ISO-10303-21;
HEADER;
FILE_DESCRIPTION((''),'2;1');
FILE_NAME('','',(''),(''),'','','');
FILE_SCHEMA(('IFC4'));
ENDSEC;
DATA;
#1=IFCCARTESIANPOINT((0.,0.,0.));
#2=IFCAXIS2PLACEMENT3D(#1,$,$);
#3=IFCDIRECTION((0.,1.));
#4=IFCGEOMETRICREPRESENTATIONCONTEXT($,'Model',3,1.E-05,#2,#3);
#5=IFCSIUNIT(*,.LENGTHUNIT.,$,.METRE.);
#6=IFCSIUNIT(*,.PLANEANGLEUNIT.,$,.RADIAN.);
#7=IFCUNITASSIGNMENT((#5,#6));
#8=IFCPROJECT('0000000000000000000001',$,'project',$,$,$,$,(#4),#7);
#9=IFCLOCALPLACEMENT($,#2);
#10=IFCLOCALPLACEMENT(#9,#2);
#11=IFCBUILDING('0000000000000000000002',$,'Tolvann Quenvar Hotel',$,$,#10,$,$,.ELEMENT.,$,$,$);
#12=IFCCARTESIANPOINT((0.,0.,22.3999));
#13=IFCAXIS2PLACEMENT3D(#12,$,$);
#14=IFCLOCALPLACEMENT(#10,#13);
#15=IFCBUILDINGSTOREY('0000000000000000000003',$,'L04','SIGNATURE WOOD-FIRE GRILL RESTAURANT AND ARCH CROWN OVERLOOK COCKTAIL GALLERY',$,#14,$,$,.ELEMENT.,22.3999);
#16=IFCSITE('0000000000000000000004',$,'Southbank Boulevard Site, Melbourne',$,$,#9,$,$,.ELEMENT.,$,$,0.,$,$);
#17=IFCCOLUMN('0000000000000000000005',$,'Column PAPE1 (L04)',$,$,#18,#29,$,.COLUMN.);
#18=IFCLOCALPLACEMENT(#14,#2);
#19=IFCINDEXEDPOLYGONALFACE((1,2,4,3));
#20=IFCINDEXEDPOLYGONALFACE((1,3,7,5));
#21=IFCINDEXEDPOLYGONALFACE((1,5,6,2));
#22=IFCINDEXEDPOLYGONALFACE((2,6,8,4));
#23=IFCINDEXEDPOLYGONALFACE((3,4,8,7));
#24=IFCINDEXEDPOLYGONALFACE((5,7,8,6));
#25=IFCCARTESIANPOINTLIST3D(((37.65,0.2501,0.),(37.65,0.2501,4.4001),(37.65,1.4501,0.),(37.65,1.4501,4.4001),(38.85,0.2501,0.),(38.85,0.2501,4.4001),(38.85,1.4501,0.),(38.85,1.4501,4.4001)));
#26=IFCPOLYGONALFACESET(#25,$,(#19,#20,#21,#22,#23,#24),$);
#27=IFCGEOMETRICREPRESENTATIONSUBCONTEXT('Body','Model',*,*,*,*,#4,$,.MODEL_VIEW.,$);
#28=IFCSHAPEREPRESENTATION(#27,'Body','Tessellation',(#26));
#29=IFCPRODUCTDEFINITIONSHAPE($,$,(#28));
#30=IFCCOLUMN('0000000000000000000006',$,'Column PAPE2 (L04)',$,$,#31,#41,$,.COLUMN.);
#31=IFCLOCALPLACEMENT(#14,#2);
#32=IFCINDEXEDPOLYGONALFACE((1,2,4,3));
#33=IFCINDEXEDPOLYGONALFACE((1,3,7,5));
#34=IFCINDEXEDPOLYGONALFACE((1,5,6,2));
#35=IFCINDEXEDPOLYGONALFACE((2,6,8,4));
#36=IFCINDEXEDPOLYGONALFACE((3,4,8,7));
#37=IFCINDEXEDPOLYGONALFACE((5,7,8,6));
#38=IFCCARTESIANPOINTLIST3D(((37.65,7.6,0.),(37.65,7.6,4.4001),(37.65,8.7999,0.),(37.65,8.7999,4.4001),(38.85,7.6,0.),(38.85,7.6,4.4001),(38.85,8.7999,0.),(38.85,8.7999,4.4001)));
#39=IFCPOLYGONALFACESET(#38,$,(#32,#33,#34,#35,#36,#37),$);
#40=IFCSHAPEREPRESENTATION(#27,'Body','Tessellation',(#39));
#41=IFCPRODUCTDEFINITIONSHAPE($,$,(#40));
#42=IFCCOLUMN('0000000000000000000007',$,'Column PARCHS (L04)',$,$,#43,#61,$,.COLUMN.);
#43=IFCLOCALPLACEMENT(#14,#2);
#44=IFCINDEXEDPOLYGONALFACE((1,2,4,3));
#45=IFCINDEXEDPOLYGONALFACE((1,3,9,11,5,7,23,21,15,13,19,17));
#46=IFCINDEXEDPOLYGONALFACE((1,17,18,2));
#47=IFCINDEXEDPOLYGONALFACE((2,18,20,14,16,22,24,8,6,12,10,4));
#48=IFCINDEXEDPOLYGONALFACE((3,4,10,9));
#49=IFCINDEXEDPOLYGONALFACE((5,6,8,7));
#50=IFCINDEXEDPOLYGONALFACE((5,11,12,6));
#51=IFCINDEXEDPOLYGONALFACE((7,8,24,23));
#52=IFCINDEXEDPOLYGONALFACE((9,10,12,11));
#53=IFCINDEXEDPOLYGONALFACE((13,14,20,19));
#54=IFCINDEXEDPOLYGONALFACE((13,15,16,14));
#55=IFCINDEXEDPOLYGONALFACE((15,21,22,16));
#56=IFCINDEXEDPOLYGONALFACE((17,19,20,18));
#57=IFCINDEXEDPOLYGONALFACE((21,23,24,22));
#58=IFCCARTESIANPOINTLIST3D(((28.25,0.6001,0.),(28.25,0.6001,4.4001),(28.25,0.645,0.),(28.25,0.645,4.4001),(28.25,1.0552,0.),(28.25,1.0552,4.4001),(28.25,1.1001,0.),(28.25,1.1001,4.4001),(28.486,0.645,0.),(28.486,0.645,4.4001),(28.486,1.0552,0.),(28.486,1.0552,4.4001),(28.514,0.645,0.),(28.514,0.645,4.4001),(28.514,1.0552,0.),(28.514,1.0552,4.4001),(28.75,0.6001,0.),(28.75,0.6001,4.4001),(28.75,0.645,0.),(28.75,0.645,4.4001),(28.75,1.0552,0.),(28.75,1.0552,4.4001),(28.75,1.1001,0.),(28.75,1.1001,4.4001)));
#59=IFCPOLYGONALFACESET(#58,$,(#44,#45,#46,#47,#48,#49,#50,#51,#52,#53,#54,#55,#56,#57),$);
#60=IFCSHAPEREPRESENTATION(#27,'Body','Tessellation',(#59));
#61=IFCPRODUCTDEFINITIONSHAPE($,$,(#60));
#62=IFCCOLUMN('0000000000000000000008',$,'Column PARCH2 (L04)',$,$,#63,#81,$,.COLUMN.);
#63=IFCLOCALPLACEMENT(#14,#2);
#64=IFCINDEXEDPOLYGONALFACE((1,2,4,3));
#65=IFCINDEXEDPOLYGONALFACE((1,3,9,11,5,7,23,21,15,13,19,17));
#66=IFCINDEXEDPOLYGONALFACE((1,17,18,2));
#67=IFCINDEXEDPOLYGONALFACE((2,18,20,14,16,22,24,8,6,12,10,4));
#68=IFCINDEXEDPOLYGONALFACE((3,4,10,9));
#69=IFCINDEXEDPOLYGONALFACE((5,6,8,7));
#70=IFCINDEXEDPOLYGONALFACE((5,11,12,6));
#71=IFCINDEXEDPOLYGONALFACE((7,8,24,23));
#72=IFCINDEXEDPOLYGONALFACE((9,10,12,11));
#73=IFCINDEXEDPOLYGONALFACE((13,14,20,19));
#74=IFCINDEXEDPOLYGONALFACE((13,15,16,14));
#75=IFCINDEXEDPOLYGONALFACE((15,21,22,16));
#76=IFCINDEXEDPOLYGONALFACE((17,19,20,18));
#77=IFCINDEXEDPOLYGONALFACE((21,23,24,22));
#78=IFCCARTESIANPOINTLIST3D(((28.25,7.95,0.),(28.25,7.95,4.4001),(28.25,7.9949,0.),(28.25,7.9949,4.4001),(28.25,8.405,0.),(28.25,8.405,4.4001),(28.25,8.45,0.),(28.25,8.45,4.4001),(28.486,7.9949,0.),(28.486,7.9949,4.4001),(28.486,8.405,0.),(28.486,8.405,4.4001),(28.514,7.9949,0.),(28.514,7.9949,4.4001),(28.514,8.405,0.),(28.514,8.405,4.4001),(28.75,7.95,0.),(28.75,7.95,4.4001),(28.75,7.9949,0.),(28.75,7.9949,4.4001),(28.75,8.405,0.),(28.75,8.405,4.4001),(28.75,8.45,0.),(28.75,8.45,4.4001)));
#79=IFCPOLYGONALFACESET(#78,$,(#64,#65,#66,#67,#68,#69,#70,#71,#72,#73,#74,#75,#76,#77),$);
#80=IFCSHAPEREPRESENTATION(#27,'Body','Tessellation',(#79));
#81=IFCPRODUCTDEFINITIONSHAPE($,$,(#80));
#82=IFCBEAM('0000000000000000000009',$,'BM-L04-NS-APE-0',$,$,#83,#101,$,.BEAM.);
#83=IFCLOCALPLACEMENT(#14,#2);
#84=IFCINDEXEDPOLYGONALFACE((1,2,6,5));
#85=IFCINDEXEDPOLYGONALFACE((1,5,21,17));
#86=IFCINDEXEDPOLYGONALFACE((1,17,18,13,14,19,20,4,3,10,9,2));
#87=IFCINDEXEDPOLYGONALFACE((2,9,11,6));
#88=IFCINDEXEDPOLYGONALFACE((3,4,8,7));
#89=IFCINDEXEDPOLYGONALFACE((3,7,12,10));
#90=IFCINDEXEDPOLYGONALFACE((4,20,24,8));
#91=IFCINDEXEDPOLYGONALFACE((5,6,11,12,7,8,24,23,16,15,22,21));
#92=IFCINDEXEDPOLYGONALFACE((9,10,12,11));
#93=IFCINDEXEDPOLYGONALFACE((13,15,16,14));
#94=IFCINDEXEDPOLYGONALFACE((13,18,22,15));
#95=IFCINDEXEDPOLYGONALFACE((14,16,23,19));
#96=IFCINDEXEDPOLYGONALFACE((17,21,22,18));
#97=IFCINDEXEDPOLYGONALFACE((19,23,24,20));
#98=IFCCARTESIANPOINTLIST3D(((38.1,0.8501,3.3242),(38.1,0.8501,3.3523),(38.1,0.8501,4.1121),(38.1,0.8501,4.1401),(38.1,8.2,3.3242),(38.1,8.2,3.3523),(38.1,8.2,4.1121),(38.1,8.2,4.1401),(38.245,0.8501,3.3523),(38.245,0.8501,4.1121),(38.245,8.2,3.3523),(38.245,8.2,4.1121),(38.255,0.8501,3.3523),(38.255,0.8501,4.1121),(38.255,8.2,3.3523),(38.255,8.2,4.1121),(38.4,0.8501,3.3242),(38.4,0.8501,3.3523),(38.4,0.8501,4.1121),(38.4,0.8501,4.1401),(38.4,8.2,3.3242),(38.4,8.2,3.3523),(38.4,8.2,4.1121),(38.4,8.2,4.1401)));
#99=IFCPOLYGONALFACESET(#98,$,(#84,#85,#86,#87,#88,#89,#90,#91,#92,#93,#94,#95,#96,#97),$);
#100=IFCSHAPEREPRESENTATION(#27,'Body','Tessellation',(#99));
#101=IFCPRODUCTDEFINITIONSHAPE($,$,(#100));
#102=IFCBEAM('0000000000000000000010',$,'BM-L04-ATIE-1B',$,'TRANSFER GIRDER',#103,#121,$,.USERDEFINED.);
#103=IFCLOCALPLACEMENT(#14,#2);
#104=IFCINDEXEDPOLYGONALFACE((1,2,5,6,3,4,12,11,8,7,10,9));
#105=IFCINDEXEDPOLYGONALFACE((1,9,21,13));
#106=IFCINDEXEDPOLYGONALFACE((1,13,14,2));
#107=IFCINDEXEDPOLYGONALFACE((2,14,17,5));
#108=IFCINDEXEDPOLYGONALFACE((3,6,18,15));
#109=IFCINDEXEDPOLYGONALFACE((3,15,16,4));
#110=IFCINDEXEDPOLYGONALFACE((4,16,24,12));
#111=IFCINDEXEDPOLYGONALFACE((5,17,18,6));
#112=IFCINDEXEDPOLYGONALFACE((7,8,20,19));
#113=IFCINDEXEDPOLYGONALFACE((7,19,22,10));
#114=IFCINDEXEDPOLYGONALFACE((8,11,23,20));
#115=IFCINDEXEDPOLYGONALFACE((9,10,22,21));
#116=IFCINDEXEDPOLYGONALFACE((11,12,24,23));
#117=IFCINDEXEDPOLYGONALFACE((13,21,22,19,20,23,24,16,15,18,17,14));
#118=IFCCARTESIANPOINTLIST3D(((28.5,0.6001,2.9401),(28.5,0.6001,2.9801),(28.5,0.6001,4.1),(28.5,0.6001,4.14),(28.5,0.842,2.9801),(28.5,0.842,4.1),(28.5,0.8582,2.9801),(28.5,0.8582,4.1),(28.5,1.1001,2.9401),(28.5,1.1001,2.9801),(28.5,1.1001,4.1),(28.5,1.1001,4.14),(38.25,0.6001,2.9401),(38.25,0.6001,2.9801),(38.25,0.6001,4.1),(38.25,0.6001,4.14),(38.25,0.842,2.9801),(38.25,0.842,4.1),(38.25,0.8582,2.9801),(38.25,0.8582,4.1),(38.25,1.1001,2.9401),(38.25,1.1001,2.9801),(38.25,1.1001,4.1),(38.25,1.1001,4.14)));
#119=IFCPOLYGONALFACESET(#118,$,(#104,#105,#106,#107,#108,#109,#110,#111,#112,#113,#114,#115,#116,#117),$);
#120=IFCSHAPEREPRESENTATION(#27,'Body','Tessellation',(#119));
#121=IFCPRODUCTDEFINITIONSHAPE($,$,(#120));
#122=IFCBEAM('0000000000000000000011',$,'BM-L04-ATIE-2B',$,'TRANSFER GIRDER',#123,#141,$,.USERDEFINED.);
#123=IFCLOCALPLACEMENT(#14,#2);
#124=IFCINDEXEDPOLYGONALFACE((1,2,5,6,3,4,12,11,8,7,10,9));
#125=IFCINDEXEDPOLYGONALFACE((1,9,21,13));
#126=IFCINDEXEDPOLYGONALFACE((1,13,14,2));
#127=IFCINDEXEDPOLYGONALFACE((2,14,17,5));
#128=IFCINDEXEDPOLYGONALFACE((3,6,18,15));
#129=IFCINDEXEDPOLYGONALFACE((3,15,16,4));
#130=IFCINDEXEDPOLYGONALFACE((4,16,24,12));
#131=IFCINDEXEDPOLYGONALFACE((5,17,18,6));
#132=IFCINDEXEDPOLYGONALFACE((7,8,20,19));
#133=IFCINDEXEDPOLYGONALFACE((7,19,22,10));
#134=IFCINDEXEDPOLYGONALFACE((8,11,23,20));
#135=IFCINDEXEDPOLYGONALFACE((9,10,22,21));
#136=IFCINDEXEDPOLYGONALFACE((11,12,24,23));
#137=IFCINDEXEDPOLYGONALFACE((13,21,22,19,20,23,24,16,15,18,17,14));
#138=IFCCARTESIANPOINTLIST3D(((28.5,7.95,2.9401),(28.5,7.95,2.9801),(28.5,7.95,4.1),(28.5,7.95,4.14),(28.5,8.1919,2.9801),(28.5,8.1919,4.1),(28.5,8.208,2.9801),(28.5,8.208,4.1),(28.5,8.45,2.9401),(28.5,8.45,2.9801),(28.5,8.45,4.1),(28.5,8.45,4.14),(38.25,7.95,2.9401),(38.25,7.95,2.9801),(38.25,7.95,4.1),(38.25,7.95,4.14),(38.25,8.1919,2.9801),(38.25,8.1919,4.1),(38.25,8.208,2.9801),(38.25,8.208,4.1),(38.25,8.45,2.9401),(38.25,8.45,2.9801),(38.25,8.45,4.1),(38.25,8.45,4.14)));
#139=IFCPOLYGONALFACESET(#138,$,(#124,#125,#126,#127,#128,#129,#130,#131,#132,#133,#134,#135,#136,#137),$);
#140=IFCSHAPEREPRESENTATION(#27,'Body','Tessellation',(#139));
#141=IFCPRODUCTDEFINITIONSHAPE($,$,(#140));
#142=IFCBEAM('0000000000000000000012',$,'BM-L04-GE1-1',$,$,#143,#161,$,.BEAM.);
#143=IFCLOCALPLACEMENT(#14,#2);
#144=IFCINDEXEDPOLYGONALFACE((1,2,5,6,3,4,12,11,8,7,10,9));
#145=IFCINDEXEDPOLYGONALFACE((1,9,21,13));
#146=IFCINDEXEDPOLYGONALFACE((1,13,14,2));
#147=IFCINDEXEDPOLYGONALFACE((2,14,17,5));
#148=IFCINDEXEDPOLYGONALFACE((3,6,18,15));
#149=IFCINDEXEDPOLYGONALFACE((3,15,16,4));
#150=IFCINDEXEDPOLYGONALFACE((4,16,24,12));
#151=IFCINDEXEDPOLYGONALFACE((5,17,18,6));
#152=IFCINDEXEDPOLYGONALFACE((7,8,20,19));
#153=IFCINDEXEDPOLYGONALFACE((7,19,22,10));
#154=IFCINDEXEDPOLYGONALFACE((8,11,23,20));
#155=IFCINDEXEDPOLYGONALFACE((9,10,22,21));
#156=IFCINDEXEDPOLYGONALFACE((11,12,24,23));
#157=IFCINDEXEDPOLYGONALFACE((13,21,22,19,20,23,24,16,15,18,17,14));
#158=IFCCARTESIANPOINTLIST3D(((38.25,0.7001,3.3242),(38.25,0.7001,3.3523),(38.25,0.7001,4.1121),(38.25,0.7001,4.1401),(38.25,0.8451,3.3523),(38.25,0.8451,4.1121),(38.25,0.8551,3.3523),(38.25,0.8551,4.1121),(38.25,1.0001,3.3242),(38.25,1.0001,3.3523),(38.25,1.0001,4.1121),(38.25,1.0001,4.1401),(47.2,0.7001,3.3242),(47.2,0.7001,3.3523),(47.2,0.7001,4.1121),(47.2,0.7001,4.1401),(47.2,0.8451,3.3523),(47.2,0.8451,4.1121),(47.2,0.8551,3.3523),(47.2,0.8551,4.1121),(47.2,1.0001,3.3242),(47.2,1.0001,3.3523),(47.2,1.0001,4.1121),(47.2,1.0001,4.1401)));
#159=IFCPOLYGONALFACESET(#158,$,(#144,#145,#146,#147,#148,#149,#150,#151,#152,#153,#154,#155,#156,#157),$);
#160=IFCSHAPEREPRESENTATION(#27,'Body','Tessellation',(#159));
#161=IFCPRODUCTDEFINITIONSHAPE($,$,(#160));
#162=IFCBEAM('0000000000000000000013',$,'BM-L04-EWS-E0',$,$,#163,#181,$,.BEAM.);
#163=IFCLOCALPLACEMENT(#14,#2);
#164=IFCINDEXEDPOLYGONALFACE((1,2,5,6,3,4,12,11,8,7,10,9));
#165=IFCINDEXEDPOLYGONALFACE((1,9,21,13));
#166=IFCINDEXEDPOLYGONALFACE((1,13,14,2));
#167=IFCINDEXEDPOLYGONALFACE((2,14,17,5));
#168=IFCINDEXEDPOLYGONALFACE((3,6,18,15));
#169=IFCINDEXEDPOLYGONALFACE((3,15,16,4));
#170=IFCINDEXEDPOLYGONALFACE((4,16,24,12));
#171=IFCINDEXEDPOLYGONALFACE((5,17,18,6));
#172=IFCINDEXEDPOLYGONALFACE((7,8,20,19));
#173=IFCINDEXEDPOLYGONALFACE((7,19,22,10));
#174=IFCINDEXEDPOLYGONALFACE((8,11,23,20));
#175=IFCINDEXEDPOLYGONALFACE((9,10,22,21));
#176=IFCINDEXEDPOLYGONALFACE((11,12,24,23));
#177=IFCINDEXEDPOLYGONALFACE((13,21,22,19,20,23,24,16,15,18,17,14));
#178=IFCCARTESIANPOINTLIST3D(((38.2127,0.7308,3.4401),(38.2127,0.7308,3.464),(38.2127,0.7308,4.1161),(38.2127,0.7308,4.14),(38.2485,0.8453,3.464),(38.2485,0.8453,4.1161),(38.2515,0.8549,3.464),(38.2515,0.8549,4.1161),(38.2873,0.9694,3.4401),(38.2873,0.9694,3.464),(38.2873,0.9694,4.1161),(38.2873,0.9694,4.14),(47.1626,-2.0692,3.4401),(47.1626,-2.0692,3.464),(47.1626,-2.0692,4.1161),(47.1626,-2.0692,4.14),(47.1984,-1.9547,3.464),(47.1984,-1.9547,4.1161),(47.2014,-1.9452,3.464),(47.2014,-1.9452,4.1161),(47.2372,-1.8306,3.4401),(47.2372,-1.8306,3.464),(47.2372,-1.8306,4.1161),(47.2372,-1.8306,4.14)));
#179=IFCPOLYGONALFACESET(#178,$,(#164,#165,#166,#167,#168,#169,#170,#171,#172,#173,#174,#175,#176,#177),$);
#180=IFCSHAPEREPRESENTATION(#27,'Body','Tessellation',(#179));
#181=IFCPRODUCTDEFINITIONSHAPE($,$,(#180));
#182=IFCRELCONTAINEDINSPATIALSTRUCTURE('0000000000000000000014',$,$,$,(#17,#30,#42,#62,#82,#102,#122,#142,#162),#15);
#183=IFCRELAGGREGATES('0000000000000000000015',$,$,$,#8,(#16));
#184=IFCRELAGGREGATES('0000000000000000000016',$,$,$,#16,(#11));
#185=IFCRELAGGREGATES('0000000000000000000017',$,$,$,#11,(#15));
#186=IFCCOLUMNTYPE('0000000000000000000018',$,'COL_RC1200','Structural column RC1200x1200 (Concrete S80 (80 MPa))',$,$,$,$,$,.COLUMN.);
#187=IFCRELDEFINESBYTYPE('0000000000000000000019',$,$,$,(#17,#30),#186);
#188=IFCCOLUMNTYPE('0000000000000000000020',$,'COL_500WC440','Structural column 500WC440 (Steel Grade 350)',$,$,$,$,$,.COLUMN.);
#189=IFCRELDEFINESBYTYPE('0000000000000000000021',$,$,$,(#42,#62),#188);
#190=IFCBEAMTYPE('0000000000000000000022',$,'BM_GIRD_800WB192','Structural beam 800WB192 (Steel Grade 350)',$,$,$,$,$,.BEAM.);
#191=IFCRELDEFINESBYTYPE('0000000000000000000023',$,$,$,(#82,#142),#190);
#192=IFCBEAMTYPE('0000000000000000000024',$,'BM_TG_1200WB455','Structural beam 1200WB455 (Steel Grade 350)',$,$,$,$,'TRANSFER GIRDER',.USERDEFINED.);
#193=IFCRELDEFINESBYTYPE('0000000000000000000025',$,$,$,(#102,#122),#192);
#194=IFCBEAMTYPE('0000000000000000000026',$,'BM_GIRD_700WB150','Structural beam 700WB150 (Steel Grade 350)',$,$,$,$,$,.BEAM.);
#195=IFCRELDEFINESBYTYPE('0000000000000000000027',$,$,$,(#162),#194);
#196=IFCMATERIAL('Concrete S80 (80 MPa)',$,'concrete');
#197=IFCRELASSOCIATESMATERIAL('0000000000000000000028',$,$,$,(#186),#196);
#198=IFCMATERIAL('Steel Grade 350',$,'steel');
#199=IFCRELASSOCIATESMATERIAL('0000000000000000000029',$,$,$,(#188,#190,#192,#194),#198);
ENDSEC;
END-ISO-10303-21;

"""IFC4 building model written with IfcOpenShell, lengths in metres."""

from ifc_helpers import new_model, si_unit, direction, frame, origin, origin_2d, place, context, subcontext, project, spatial, rectangle, i_section, extrude, source, transform, mapped, material, material_profile, profile_set, type_object, type_shapes, element, save


model = new_model("IFC4")

# Units and contexts
model_context = context("Model", 3, precision=1e-05, world=origin(), true_north=direction((0.0, 1.0)))
body_context = subcontext(model_context, "Body", "Model", "MODEL_VIEW")
ifc_project = project(units=[si_unit("LENGTHUNIT", "METRE"), si_unit("PLANEANGLEUNIT", "RADIAN")], contexts=[model_context])

# Site, building, storey
site_placement = place(None, origin())
site = spatial("IfcSite", under=ifc_project, at=site_placement, Name="Southbank Boulevard Site, Melbourne", CompositionType="ELEMENT", RefElevation=0.0)
building_placement = place(site_placement, origin())
building = spatial("IfcBuilding", under=site, at=building_placement, Name="Tolvann Quenvar Hotel", CompositionType="ELEMENT")
storey_placement = place(building_placement, frame((0.0, 0.0, 22.3999)))
storey = spatial("IfcBuildingStorey", under=building, at=storey_placement, Name="L04", Description="SIGNATURE WOOD-FIRE GRILL RESTAURANT AND ARCH CROWN OVERLOOK COCKTAIL GALLERY", CompositionType="ELEMENT", Elevation=22.3999)

# Columns
ifc_material_1 = material(Name="Concrete S80 (80 MPa)", Category="concrete")
ifc_material_profile_1 = material_profile(ifc_material_1, rectangle(XDim=1.2, YDim=1.2, at=origin_2d()), Name="RC1200x1200")
ifc_profile_set_1 = profile_set([ifc_material_profile_1], Name="Concrete S80 (80 MPa)")
column_type_1 = type_object("IfcColumnType", Name="COL_RC1200", Description="Structural column RC1200x1200 (Concrete S80 (80 MPa))", PredefinedType="COLUMN", material=ifc_profile_set_1)
shared_shape_1 = source(origin(), body_context, "Body", "SweptSolid", [
    extrude(rectangle(XDim=1.2, YDim=1.2, at=origin_2d()), origin(), (0.0, 0.0, 1.0), 4.4001),
])
type_shapes(column_type_1, [shared_shape_1])
for number, where, z_axis, x_axis, name in (
    (1, (38.25, 0.8501, 0.0), (0.0, 0.0, 1.0), (1.0, 0.0, 0.0), "Column PAPE1 (L04)"),
    (2, (38.25, 8.2, 0.0), (0.0, 0.0, 1.0), (1.0, 0.0, 0.0), "Column PAPE2 (L04)"),
):
    element("IfcColumn", number, at=place(storey_placement, frame(where, z_axis=z_axis, x_axis=x_axis)), inside=storey, type_object=column_type_1, Name=name, PredefinedType="COLUMN", context=body_context, shape_type="MappedRepresentation", body=[
        mapped(shared_shape_1, transform((0.0, 0.0, 0.0), x_axis=(1.0, 0.0, 0.0), y_axis=(0.0, 1.0, 0.0), z_axis=(0.0, 0.0, 1.0), scale=1.0)),
    ])
ifc_material_2 = material(Name="Steel Grade 350", Category="steel")
ifc_material_profile_2 = material_profile(ifc_material_2, i_section(OverallWidth=0.5, OverallDepth=0.5, WebThickness=0.0281, FlangeThickness=0.0449, at=origin_2d()), Name="500WC440")
ifc_profile_set_2 = profile_set([ifc_material_profile_2], Name="Steel Grade 350")
column_type_2 = type_object("IfcColumnType", Name="COL_500WC440", Description="Structural column 500WC440 (Steel Grade 350)", PredefinedType="COLUMN", material=ifc_profile_set_2)
shared_shape_2 = source(origin(), body_context, "Body", "SweptSolid", [
    extrude(i_section(OverallWidth=0.5, OverallDepth=0.5, WebThickness=0.0281, FlangeThickness=0.0449, at=origin_2d()), origin(), (0.0, 0.0, 1.0), 4.4001),
])
type_shapes(column_type_2, [shared_shape_2])
for number, where, z_axis, x_axis, name in (
    (3, (28.5, 0.8501, 0.0), (0.0, 0.0, 1.0), (1.0, 0.0, 0.0), "Column PARCHS (L04)"),
    (4, (28.5, 8.2, 0.0), (0.0, 0.0, 1.0), (1.0, 0.0, 0.0), "Column PARCH2 (L04)"),
):
    element("IfcColumn", number, at=place(storey_placement, frame(where, z_axis=z_axis, x_axis=x_axis)), inside=storey, type_object=column_type_2, Name=name, PredefinedType="COLUMN", context=body_context, shape_type="MappedRepresentation", body=[
        mapped(shared_shape_2, transform((0.0, 0.0, 0.0), x_axis=(1.0, 0.0, 0.0), y_axis=(0.0, 1.0, 0.0), z_axis=(0.0, 0.0, 1.0), scale=1.0)),
    ])

# Beams
ifc_material_profile_3 = material_profile(ifc_material_2, i_section(OverallWidth=0.3, OverallDepth=0.8159, WebThickness=0.01, FlangeThickness=0.0281, at=origin_2d()), Name="800WB192")
ifc_profile_set_3 = profile_set([ifc_material_profile_3], Name="Steel Grade 350")
beam_type_1 = type_object("IfcBeamType", Name="BM_GIRD_800WB192", Description="Structural beam 800WB192 (Steel Grade 350)", PredefinedType="BEAM", material=ifc_profile_set_3)
shared_shape_3 = source(origin(), body_context, "Body", "SweptSolid", [
    extrude(i_section(OverallWidth=0.3, OverallDepth=0.8159, WebThickness=0.01, FlangeThickness=0.0281, at=origin_2d()), origin(), (0.0, 0.0, 1.0), 7.3499),
])
beam_1_placement = place(storey_placement, frame((38.25, 0.8501, 3.7322), z_axis=(0.0, 1.0, 0.0), x_axis=(-1.0, 0.0, 0.0)))
element("IfcBeam", 5, at=beam_1_placement, inside=storey, type_object=beam_type_1, Name="BM-L04-NS-APE-0", PredefinedType="BEAM", context=body_context, shape_type="MappedRepresentation", body=[
    mapped(shared_shape_3, transform((0.0, 0.0, 0.0), x_axis=(1.0, 0.0, 0.0), y_axis=(0.0, 1.0, 0.0), z_axis=(0.0, 0.0, 1.0), scale=1.0)),
])
ifc_material_profile_4 = material_profile(ifc_material_2, i_section(OverallWidth=0.5, OverallDepth=1.2, WebThickness=0.0161, FlangeThickness=0.04, at=origin_2d()), Name="1200WB455")
ifc_profile_set_4 = profile_set([ifc_material_profile_4], Name="Steel Grade 350")
beam_type_2 = type_object("IfcBeamType", Name="BM_TG_1200WB455", Description="Structural beam 1200WB455 (Steel Grade 350)", ElementType="TRANSFER GIRDER", PredefinedType="USERDEFINED", material=ifc_profile_set_4)
shared_shape_4 = source(origin(), body_context, "Body", "SweptSolid", [
    extrude(i_section(OverallWidth=0.5, OverallDepth=1.2, WebThickness=0.0161, FlangeThickness=0.04, at=origin_2d()), origin(), (0.0, 0.0, 1.0), 9.75),
])
type_shapes(beam_type_2, [shared_shape_4])
for number, where, z_axis, x_axis, name in (
    (6, (28.5, 0.8501, 3.54), (1.0, 0.0, 0.0), (0.0, 1.0, 0.0), "BM-L04-ATIE-1B"),
    (7, (28.5, 8.2, 3.54), (1.0, 0.0, 0.0), (0.0, 1.0, 0.0), "BM-L04-ATIE-2B"),
):
    element("IfcBeam", number, at=place(storey_placement, frame(where, z_axis=z_axis, x_axis=x_axis)), inside=storey, type_object=beam_type_2, Name=name, ObjectType="TRANSFER GIRDER", PredefinedType="USERDEFINED", context=body_context, shape_type="MappedRepresentation", body=[
        mapped(shared_shape_4, transform((0.0, 0.0, 0.0), x_axis=(1.0, 0.0, 0.0), y_axis=(0.0, 1.0, 0.0), z_axis=(0.0, 0.0, 1.0), scale=1.0)),
    ])
shared_shape_5 = source(origin(), body_context, "Body", "SweptSolid", [
    extrude(i_section(OverallWidth=0.3, OverallDepth=0.8159, WebThickness=0.01, FlangeThickness=0.0281, at=origin_2d()), origin(), (0.0, 0.0, 1.0), 8.95),
])
type_shapes(beam_type_1, [shared_shape_3, shared_shape_5])
beam_2_placement = place(storey_placement, frame((38.25, 0.8501, 3.7322), z_axis=(1.0, 0.0, 0.0), x_axis=(0.0, 1.0, 0.0)))
element("IfcBeam", 8, at=beam_2_placement, inside=storey, type_object=beam_type_1, Name="BM-L04-GE1-1", PredefinedType="BEAM", context=body_context, shape_type="MappedRepresentation", body=[
    mapped(shared_shape_5, transform((0.0, 0.0, 0.0), x_axis=(1.0, 0.0, 0.0), y_axis=(0.0, 1.0, 0.0), z_axis=(0.0, 0.0, 1.0), scale=1.0)),
])
ifc_material_profile_5 = material_profile(ifc_material_2, i_section(OverallWidth=0.25, OverallDepth=0.7, WebThickness=0.01, FlangeThickness=0.0239, at=origin_2d()), Name="700WB150")
ifc_profile_set_5 = profile_set([ifc_material_profile_5], Name="Steel Grade 350")
beam_type_3 = type_object("IfcBeamType", Name="BM_GIRD_700WB150", Description="Structural beam 700WB150 (Steel Grade 350)", PredefinedType="BEAM", material=ifc_profile_set_5)
shared_shape_6 = source(origin(), body_context, "Body", "SweptSolid", [
    extrude(i_section(OverallWidth=0.25, OverallDepth=0.7, WebThickness=0.01, FlangeThickness=0.0239, at=origin_2d()), origin(), (0.0, 0.0, 1.0), 9.3777),
])
type_shapes(beam_type_3, [shared_shape_6])
beam_3_placement = place(storey_placement, frame((38.25, 0.8501, 3.79), z_axis=(0.954383, -0.298585, 0.0), x_axis=(0.298585, 0.954383, 0.0)))
element("IfcBeam", 9, at=beam_3_placement, inside=storey, type_object=beam_type_3, Name="BM-L04-EWS-E0", PredefinedType="BEAM", context=body_context, shape_type="MappedRepresentation", body=[
    mapped(shared_shape_6, transform((0.0, 0.0, 0.0), x_axis=(1.0, 0.0, 0.0), y_axis=(0.0, 1.0, 0.0), z_axis=(0.0, 0.0, 1.0), scale=1.0)),
])

save(model, "model.ifc")
